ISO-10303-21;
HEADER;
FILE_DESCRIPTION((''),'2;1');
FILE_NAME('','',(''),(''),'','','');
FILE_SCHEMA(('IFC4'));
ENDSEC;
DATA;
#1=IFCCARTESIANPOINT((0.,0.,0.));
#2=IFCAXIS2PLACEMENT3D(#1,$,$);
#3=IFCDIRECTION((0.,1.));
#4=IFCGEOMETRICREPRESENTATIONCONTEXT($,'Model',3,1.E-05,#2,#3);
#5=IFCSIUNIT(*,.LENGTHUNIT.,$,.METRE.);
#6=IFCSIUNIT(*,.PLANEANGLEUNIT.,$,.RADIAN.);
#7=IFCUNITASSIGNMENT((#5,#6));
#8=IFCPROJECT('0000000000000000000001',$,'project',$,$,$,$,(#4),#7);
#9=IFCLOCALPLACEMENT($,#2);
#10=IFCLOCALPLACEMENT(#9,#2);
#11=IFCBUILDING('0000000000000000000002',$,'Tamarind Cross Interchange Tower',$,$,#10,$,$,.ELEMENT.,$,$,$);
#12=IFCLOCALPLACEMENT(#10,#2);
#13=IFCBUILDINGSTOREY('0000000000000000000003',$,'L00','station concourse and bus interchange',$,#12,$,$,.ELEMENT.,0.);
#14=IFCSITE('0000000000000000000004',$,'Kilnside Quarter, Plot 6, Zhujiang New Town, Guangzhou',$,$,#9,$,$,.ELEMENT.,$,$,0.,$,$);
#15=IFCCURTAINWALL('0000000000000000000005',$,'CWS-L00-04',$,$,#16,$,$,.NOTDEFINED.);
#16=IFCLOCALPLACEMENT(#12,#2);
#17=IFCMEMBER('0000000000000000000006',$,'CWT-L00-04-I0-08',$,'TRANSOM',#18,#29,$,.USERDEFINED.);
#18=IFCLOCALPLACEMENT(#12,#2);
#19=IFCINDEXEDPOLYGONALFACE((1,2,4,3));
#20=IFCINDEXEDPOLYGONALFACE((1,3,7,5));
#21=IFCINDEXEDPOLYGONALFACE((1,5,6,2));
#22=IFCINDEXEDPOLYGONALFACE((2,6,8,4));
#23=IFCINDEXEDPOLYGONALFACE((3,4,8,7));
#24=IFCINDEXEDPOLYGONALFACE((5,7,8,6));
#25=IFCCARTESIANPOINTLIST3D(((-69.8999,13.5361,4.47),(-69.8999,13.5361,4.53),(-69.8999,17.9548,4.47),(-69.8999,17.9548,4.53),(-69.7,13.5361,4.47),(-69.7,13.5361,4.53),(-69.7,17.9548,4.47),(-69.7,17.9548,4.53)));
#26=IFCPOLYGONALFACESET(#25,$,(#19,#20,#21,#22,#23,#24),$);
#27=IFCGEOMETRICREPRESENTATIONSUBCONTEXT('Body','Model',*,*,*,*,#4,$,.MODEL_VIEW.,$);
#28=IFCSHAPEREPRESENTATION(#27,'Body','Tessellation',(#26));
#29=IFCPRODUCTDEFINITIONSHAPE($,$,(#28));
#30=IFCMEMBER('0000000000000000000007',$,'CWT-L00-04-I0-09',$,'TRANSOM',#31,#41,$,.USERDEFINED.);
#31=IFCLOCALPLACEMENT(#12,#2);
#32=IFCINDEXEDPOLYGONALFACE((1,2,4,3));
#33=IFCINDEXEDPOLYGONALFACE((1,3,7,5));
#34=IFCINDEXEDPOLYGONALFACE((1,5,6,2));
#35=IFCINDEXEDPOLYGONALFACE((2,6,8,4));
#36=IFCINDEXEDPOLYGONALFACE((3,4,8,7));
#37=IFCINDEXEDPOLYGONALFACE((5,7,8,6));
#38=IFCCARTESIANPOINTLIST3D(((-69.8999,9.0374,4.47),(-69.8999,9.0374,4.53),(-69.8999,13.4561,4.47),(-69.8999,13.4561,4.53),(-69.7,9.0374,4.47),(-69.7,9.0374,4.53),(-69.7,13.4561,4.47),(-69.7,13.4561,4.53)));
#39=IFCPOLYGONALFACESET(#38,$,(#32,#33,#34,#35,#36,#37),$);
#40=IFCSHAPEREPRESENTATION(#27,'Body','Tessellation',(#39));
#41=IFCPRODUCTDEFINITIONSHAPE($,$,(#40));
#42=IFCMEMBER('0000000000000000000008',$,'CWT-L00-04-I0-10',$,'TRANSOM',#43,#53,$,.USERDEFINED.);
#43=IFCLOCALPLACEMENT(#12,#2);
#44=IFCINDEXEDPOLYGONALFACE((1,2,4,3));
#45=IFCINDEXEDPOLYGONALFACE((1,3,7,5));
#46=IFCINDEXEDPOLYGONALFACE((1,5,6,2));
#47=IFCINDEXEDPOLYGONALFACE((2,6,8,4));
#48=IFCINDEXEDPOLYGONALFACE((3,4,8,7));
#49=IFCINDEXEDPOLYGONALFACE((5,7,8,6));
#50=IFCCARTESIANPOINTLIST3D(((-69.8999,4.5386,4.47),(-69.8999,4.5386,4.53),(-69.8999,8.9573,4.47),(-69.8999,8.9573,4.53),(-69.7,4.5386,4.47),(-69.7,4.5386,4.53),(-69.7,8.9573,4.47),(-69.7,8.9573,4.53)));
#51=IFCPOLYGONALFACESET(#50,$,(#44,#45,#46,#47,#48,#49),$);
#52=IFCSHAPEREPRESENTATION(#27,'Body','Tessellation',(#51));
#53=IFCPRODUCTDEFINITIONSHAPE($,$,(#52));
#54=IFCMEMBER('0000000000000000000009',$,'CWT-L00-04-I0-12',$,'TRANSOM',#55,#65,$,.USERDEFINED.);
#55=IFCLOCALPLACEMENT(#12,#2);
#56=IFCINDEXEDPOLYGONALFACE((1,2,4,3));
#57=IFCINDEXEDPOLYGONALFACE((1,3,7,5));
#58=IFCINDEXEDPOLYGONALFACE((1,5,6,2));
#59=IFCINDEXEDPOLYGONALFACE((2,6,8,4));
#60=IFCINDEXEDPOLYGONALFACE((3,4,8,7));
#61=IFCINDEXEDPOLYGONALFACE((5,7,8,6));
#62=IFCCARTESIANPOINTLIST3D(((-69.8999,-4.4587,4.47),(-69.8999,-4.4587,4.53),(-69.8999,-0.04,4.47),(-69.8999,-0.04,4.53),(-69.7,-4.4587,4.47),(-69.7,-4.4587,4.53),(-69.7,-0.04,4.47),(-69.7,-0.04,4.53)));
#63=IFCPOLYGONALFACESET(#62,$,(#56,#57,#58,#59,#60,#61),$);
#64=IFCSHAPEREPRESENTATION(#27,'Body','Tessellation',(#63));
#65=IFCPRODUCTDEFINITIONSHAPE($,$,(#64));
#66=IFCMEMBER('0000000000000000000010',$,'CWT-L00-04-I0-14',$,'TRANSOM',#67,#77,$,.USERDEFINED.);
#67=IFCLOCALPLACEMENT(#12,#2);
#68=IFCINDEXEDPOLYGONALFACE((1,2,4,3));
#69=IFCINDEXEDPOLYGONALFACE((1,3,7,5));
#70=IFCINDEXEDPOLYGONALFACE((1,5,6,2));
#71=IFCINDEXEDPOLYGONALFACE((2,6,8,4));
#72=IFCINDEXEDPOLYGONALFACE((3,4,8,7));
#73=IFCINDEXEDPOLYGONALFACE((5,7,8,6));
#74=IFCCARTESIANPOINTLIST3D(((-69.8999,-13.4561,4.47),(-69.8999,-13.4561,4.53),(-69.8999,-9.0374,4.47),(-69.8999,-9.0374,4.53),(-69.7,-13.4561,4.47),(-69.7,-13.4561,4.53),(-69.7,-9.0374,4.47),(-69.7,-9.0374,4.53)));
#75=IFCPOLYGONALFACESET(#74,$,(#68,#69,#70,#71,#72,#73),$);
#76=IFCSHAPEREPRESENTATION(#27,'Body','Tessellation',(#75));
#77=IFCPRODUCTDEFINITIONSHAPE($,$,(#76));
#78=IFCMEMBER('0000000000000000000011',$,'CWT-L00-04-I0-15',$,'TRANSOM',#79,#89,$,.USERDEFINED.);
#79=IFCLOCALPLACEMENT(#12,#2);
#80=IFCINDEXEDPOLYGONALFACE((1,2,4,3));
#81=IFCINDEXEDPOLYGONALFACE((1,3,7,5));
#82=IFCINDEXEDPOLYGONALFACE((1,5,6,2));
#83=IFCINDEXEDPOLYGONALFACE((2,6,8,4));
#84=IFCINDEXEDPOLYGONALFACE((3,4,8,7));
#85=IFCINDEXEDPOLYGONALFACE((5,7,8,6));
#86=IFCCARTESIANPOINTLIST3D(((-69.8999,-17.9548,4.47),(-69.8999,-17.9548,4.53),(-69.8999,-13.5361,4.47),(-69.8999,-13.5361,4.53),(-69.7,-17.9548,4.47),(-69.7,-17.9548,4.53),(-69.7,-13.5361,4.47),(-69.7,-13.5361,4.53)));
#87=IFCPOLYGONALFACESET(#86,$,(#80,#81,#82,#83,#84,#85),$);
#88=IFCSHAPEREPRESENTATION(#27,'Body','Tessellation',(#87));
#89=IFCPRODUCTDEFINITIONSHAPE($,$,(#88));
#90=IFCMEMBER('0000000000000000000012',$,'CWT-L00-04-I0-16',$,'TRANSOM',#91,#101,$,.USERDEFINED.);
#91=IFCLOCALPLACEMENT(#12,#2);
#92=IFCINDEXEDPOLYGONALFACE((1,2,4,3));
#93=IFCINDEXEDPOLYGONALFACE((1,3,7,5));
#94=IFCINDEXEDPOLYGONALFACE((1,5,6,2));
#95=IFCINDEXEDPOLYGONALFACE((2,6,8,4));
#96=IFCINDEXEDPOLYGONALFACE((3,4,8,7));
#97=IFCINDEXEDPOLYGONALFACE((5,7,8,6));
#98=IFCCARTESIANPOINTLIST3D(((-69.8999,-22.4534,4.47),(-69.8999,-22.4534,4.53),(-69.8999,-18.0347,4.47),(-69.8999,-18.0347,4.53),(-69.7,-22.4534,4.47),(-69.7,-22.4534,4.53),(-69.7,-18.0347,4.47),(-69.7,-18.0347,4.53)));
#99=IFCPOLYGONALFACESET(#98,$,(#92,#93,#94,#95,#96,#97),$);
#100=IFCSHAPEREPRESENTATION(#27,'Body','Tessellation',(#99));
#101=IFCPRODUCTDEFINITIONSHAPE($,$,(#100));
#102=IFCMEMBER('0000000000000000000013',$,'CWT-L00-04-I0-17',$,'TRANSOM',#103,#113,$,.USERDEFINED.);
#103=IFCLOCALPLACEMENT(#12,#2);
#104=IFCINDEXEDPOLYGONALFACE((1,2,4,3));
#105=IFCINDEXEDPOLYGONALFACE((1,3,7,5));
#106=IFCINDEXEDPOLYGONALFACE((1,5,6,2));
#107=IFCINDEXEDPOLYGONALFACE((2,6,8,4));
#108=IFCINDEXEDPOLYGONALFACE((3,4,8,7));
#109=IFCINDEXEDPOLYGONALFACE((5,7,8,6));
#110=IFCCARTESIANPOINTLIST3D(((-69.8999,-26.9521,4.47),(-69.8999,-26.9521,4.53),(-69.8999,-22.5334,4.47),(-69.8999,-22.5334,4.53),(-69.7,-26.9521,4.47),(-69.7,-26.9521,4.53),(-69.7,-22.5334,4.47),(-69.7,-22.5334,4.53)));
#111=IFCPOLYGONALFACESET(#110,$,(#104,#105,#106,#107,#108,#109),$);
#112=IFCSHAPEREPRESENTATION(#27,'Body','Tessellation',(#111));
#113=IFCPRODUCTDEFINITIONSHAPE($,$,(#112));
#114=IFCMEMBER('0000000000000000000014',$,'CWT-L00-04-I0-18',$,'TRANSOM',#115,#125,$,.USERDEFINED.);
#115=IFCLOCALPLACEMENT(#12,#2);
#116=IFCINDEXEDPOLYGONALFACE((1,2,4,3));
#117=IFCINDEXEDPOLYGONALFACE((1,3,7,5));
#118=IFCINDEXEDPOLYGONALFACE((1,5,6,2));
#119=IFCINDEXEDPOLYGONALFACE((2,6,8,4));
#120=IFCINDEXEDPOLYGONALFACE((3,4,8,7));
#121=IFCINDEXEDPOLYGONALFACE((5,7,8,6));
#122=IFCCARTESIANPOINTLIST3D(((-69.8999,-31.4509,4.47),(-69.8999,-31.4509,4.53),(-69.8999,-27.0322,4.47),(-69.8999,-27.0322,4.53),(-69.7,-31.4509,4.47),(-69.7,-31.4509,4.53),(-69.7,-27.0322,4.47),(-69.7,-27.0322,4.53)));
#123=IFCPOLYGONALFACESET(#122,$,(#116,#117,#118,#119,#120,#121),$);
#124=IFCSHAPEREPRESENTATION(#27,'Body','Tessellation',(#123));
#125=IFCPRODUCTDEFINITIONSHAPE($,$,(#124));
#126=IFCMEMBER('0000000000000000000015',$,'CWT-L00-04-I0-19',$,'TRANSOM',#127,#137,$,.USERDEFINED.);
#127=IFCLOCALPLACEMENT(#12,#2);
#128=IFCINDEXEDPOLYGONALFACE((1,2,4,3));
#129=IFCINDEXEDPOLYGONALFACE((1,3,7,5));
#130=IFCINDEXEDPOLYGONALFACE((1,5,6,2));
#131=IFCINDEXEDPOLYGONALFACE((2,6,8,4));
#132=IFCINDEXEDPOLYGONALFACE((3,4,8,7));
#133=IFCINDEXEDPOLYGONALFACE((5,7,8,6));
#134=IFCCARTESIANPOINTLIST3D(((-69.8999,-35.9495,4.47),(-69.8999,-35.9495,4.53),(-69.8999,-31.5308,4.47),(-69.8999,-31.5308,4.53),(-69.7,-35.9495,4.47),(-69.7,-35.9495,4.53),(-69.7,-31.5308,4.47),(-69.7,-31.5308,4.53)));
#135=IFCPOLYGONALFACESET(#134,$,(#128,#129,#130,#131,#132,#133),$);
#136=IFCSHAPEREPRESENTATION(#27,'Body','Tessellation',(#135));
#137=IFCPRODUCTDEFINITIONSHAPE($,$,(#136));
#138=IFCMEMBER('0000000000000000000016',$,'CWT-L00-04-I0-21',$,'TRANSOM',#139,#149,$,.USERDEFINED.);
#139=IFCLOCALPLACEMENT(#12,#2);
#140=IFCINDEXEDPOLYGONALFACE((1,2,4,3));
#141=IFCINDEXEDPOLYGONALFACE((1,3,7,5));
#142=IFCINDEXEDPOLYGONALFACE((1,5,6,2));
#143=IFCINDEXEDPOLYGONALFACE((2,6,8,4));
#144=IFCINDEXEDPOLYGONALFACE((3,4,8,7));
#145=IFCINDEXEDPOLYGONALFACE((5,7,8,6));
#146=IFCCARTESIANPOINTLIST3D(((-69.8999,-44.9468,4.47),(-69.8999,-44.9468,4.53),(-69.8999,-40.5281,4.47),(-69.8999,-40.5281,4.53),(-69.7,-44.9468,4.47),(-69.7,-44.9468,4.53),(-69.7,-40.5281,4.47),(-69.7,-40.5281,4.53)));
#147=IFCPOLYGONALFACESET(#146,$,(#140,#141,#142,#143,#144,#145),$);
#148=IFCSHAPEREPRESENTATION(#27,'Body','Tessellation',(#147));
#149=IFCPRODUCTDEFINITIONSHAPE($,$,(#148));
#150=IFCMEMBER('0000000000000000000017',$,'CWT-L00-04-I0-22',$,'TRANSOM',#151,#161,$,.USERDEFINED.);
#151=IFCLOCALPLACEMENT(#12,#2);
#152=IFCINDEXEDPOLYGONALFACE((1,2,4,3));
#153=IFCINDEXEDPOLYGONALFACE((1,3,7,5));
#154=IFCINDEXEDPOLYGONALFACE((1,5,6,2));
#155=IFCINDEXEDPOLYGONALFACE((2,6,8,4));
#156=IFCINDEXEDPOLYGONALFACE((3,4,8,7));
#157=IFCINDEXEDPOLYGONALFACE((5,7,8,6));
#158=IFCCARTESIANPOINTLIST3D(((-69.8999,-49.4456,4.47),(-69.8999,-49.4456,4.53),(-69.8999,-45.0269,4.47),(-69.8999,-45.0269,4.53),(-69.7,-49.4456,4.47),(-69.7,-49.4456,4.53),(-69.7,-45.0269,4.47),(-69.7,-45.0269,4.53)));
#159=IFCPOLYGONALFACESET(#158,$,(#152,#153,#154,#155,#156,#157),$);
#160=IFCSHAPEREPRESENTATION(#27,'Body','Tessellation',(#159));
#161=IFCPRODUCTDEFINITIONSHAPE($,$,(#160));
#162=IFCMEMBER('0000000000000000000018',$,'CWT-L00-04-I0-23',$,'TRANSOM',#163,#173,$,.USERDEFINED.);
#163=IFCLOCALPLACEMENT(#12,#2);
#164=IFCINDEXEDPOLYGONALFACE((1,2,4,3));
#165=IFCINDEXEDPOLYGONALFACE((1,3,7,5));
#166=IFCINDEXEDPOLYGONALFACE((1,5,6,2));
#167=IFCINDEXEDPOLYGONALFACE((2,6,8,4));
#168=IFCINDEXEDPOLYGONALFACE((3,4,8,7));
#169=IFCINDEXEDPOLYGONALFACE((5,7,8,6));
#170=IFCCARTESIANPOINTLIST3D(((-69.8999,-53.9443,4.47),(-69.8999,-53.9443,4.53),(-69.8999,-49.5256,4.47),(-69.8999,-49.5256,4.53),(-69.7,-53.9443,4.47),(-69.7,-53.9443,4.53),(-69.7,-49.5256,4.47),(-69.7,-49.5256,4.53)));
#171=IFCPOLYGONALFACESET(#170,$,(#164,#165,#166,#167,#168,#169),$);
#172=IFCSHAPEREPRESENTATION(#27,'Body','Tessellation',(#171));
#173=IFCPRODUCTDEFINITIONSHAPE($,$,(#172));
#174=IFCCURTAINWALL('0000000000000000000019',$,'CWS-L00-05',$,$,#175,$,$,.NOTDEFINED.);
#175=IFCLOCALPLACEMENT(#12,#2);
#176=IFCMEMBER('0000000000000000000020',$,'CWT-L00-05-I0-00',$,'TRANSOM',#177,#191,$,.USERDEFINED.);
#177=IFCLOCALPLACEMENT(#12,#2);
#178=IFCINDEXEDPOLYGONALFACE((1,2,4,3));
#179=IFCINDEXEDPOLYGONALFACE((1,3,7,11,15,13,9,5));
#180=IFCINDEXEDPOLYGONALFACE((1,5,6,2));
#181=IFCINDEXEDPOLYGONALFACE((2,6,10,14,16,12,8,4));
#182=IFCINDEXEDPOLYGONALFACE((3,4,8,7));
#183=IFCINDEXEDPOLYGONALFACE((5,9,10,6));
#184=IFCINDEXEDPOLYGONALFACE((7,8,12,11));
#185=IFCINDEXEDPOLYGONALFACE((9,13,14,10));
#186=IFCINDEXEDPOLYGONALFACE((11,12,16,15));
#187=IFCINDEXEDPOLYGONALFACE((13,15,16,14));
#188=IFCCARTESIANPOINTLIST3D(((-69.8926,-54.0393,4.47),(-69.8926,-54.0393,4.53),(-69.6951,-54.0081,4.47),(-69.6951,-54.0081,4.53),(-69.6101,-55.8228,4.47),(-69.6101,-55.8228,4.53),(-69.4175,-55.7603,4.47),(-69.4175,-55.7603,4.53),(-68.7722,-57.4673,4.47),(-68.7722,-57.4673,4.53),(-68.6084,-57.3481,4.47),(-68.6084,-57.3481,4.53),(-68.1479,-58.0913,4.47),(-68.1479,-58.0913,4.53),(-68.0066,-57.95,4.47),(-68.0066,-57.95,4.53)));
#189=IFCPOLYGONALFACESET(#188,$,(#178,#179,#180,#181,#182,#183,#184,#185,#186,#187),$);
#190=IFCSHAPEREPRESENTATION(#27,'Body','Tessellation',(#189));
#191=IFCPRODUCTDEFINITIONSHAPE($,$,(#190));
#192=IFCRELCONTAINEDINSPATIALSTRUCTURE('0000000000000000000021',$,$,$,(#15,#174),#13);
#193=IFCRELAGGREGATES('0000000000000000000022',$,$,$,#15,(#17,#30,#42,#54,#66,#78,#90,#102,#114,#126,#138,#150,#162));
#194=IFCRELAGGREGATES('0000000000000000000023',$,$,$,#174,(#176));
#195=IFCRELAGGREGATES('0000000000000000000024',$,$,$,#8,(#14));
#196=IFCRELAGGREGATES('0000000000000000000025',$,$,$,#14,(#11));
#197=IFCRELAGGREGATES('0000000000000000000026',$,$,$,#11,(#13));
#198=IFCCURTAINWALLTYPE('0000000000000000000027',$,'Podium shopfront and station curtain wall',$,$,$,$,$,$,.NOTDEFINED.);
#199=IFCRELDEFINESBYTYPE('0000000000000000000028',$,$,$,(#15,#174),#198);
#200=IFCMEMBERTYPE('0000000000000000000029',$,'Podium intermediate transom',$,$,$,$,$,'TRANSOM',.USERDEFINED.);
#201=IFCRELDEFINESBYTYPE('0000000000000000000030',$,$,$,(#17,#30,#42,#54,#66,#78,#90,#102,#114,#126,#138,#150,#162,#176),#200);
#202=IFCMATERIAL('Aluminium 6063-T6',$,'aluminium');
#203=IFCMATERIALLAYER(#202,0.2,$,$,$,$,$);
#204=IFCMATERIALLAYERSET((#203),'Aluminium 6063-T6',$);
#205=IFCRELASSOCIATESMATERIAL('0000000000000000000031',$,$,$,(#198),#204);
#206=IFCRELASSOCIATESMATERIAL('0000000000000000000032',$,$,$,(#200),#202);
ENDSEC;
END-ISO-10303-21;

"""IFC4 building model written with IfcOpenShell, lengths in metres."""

from ifc_helpers import new_model, si_unit, direction, frame, origin, place, context, subcontext, project, spatial, polyline, outline, extrude, material, layer, layer_set, type_object, element, aggregate, save


model = new_model("IFC4")

# Units and contexts
model_context = context("Model", 3, precision=1e-05, world=origin(), true_north=direction((0.0, 1.0)))
body_context = subcontext(model_context, "Body", "Model", "MODEL_VIEW")
ifc_project = project(units=[si_unit("LENGTHUNIT", "METRE"), si_unit("PLANEANGLEUNIT", "RADIAN")], contexts=[model_context])

# Site, building, storey
site_placement = place(None, origin())
site = spatial("IfcSite", under=ifc_project, at=site_placement, Name="Kilnside Quarter, Plot 6, Zhujiang New Town, Guangzhou", CompositionType="ELEMENT", RefElevation=0.0)
building_placement = place(site_placement, origin())
building = spatial("IfcBuilding", under=site, at=building_placement, Name="Tamarind Cross Interchange Tower", CompositionType="ELEMENT")
storey_placement = place(building_placement, origin())
storey = spatial("IfcBuildingStorey", under=building, at=storey_placement, Name="L00", Description="station concourse and bus interchange", CompositionType="ELEMENT", Elevation=0.0)

# Curtain walls, members
ifc_material_1 = material(Name="Aluminium 6063-T6", Category="aluminium")
ifc_layer_1 = layer(ifc_material_1, 0.2)
ifc_layer_set_1 = layer_set([ifc_layer_1], Name="Aluminium 6063-T6")
curtain_wall_type = type_object("IfcCurtainWallType", Name="Podium shopfront and station curtain wall", PredefinedType="NOTDEFINED", material=ifc_layer_set_1)
curtain_wall_1_placement = place(storey_placement, origin())
curtain_wall_1 = element("IfcCurtainWall", 1, at=curtain_wall_1_placement, inside=storey, type_object=curtain_wall_type, Name="CWS-L00-04", PredefinedType="NOTDEFINED")
member_type = type_object("IfcMemberType", Name="Podium intermediate transom", ElementType="TRANSOM", PredefinedType="USERDEFINED", material=ifc_material_1)
member_1_placement = place(storey_placement, frame((0.0, 0.0, 4.47)))
member_1 = element("IfcMember", 2, at=member_1_placement, type_object=member_type, Name="CWT-L00-04-I0-08", ObjectType="TRANSOM", PredefinedType="USERDEFINED", context=body_context, shape_type="SweptSolid", body=[
    extrude(outline(polyline([(-69.7, 17.9548), (-69.7, 13.5361), (-69.8999, 13.5361), (-69.8999, 17.9548), (-69.7, 17.9548)])), origin(), (0.0, 0.0, 1.0), 0.0601),
])
member_2_placement = place(storey_placement, frame((0.0, 0.0, 4.47)))
member_2 = element("IfcMember", 3, at=member_2_placement, type_object=member_type, Name="CWT-L00-04-I0-09", ObjectType="TRANSOM", PredefinedType="USERDEFINED", context=body_context, shape_type="SweptSolid", body=[
    extrude(outline(polyline([(-69.7, 13.4561), (-69.7, 9.0374), (-69.8999, 9.0374), (-69.8999, 13.4561), (-69.7, 13.4561)])), origin(), (0.0, 0.0, 1.0), 0.0601),
])
member_3_placement = place(storey_placement, frame((0.0, 0.0, 4.47)))
member_3 = element("IfcMember", 4, at=member_3_placement, type_object=member_type, Name="CWT-L00-04-I0-10", ObjectType="TRANSOM", PredefinedType="USERDEFINED", context=body_context, shape_type="SweptSolid", body=[
    extrude(outline(polyline([(-69.7, 8.9573), (-69.7, 4.5386), (-69.8999, 4.5386), (-69.8999, 8.9573), (-69.7, 8.9573)])), origin(), (0.0, 0.0, 1.0), 0.0601),
])
member_4_placement = place(storey_placement, frame((0.0, 0.0, 4.47)))
member_4 = element("IfcMember", 5, at=member_4_placement, type_object=member_type, Name="CWT-L00-04-I0-12", ObjectType="TRANSOM", PredefinedType="USERDEFINED", context=body_context, shape_type="SweptSolid", body=[
    extrude(outline(polyline([(-69.7, -0.04), (-69.7, -4.4587), (-69.8999, -4.4587), (-69.8999, -0.04), (-69.7, -0.04)])), origin(), (0.0, 0.0, 1.0), 0.0601),
])
member_5_placement = place(storey_placement, frame((0.0, 0.0, 4.47)))
member_5 = element("IfcMember", 6, at=member_5_placement, type_object=member_type, Name="CWT-L00-04-I0-14", ObjectType="TRANSOM", PredefinedType="USERDEFINED", context=body_context, shape_type="SweptSolid", body=[
    extrude(outline(polyline([(-69.7, -9.0374), (-69.7, -13.4561), (-69.8999, -13.4561), (-69.8999, -9.0374), (-69.7, -9.0374)])), origin(), (0.0, 0.0, 1.0), 0.0601),
])
member_6_placement = place(storey_placement, frame((0.0, 0.0, 4.47)))
member_6 = element("IfcMember", 7, at=member_6_placement, type_object=member_type, Name="CWT-L00-04-I0-15", ObjectType="TRANSOM", PredefinedType="USERDEFINED", context=body_context, shape_type="SweptSolid", body=[
    extrude(outline(polyline([(-69.7, -13.5361), (-69.7, -17.9548), (-69.8999, -17.9548), (-69.8999, -13.5361), (-69.7, -13.5361)])), origin(), (0.0, 0.0, 1.0), 0.0601),
])
member_7_placement = place(storey_placement, frame((0.0, 0.0, 4.47)))
member_7 = element("IfcMember", 8, at=member_7_placement, type_object=member_type, Name="CWT-L00-04-I0-16", ObjectType="TRANSOM", PredefinedType="USERDEFINED", context=body_context, shape_type="SweptSolid", body=[
    extrude(outline(polyline([(-69.7, -18.0347), (-69.7, -22.4534), (-69.8999, -22.4534), (-69.8999, -18.0347), (-69.7, -18.0347)])), origin(), (0.0, 0.0, 1.0), 0.0601),
])
member_8_placement = place(storey_placement, frame((0.0, 0.0, 4.47)))
member_8 = element("IfcMember", 9, at=member_8_placement, type_object=member_type, Name="CWT-L00-04-I0-17", ObjectType="TRANSOM", PredefinedType="USERDEFINED", context=body_context, shape_type="SweptSolid", body=[
    extrude(outline(polyline([(-69.7, -22.5334), (-69.7, -26.9521), (-69.8999, -26.9521), (-69.8999, -22.5334), (-69.7, -22.5334)])), origin(), (0.0, 0.0, 1.0), 0.0601),
])
member_9_placement = place(storey_placement, frame((0.0, 0.0, 4.47)))
member_9 = element("IfcMember", 10, at=member_9_placement, type_object=member_type, Name="CWT-L00-04-I0-18", ObjectType="TRANSOM", PredefinedType="USERDEFINED", context=body_context, shape_type="SweptSolid", body=[
    extrude(outline(polyline([(-69.7, -27.0322), (-69.7, -31.4509), (-69.8999, -31.4509), (-69.8999, -27.0322), (-69.7, -27.0322)])), origin(), (0.0, 0.0, 1.0), 0.0601),
])
member_10_placement = place(storey_placement, frame((0.0, 0.0, 4.47)))
member_10 = element("IfcMember", 11, at=member_10_placement, type_object=member_type, Name="CWT-L00-04-I0-19", ObjectType="TRANSOM", PredefinedType="USERDEFINED", context=body_context, shape_type="SweptSolid", body=[
    extrude(outline(polyline([(-69.7, -31.5308), (-69.7, -35.9495), (-69.8999, -35.9495), (-69.8999, -31.5308), (-69.7, -31.5308)])), origin(), (0.0, 0.0, 1.0), 0.0601),
])
member_11_placement = place(storey_placement, frame((0.0, 0.0, 4.47)))
member_11 = element("IfcMember", 12, at=member_11_placement, type_object=member_type, Name="CWT-L00-04-I0-21", ObjectType="TRANSOM", PredefinedType="USERDEFINED", context=body_context, shape_type="SweptSolid", body=[
    extrude(outline(polyline([(-69.7, -40.5281), (-69.7, -44.9468), (-69.8999, -44.9468), (-69.8999, -40.5281), (-69.7, -40.5281)])), origin(), (0.0, 0.0, 1.0), 0.0601),
])
member_12_placement = place(storey_placement, frame((0.0, 0.0, 4.47)))
member_12 = element("IfcMember", 13, at=member_12_placement, type_object=member_type, Name="CWT-L00-04-I0-22", ObjectType="TRANSOM", PredefinedType="USERDEFINED", context=body_context, shape_type="SweptSolid", body=[
    extrude(outline(polyline([(-69.7, -45.0269), (-69.7, -49.4456), (-69.8999, -49.4456), (-69.8999, -45.0269), (-69.7, -45.0269)])), origin(), (0.0, 0.0, 1.0), 0.0601),
])
member_13_placement = place(storey_placement, frame((0.0, 0.0, 4.47)))
member_13 = element("IfcMember", 14, at=member_13_placement, type_object=member_type, Name="CWT-L00-04-I0-23", ObjectType="TRANSOM", PredefinedType="USERDEFINED", context=body_context, shape_type="SweptSolid", body=[
    extrude(outline(polyline([(-69.7, -49.5256), (-69.7, -53.9443), (-69.8999, -53.9443), (-69.8999, -49.5256), (-69.7, -49.5256)])), origin(), (0.0, 0.0, 1.0), 0.0601),
])
curtain_wall_2_placement = place(storey_placement, origin())
curtain_wall_2 = element("IfcCurtainWall", 15, at=curtain_wall_2_placement, inside=storey, type_object=curtain_wall_type, Name="CWS-L00-05", PredefinedType="NOTDEFINED")
member_14_placement = place(storey_placement, frame((0.0, 0.0, 4.47)))
member_14 = element("IfcMember", 16, at=member_14_placement, type_object=member_type, Name="CWT-L00-05-I0-00", ObjectType="TRANSOM", PredefinedType="USERDEFINED", context=body_context, shape_type="SweptSolid", body=[
    extrude(outline(polyline([(-69.6951, -54.0081), (-69.4175, -55.7603), (-68.6084, -57.3481), (-68.0066, -57.95), (-68.1479, -58.0913), (-68.7722, -57.4673), (-69.6101, -55.8228), (-69.8926, -54.0393), (-69.6951, -54.0081)])), origin(), (0.0, 0.0, 1.0), 0.0601),
])

aggregate(curtain_wall_1, [member_1, member_2, member_3, member_4, member_5, member_6, member_7, member_8, member_9, member_10, member_11, member_12, member_13])
aggregate(curtain_wall_2, [member_14])

save(model, "model.ifc")
